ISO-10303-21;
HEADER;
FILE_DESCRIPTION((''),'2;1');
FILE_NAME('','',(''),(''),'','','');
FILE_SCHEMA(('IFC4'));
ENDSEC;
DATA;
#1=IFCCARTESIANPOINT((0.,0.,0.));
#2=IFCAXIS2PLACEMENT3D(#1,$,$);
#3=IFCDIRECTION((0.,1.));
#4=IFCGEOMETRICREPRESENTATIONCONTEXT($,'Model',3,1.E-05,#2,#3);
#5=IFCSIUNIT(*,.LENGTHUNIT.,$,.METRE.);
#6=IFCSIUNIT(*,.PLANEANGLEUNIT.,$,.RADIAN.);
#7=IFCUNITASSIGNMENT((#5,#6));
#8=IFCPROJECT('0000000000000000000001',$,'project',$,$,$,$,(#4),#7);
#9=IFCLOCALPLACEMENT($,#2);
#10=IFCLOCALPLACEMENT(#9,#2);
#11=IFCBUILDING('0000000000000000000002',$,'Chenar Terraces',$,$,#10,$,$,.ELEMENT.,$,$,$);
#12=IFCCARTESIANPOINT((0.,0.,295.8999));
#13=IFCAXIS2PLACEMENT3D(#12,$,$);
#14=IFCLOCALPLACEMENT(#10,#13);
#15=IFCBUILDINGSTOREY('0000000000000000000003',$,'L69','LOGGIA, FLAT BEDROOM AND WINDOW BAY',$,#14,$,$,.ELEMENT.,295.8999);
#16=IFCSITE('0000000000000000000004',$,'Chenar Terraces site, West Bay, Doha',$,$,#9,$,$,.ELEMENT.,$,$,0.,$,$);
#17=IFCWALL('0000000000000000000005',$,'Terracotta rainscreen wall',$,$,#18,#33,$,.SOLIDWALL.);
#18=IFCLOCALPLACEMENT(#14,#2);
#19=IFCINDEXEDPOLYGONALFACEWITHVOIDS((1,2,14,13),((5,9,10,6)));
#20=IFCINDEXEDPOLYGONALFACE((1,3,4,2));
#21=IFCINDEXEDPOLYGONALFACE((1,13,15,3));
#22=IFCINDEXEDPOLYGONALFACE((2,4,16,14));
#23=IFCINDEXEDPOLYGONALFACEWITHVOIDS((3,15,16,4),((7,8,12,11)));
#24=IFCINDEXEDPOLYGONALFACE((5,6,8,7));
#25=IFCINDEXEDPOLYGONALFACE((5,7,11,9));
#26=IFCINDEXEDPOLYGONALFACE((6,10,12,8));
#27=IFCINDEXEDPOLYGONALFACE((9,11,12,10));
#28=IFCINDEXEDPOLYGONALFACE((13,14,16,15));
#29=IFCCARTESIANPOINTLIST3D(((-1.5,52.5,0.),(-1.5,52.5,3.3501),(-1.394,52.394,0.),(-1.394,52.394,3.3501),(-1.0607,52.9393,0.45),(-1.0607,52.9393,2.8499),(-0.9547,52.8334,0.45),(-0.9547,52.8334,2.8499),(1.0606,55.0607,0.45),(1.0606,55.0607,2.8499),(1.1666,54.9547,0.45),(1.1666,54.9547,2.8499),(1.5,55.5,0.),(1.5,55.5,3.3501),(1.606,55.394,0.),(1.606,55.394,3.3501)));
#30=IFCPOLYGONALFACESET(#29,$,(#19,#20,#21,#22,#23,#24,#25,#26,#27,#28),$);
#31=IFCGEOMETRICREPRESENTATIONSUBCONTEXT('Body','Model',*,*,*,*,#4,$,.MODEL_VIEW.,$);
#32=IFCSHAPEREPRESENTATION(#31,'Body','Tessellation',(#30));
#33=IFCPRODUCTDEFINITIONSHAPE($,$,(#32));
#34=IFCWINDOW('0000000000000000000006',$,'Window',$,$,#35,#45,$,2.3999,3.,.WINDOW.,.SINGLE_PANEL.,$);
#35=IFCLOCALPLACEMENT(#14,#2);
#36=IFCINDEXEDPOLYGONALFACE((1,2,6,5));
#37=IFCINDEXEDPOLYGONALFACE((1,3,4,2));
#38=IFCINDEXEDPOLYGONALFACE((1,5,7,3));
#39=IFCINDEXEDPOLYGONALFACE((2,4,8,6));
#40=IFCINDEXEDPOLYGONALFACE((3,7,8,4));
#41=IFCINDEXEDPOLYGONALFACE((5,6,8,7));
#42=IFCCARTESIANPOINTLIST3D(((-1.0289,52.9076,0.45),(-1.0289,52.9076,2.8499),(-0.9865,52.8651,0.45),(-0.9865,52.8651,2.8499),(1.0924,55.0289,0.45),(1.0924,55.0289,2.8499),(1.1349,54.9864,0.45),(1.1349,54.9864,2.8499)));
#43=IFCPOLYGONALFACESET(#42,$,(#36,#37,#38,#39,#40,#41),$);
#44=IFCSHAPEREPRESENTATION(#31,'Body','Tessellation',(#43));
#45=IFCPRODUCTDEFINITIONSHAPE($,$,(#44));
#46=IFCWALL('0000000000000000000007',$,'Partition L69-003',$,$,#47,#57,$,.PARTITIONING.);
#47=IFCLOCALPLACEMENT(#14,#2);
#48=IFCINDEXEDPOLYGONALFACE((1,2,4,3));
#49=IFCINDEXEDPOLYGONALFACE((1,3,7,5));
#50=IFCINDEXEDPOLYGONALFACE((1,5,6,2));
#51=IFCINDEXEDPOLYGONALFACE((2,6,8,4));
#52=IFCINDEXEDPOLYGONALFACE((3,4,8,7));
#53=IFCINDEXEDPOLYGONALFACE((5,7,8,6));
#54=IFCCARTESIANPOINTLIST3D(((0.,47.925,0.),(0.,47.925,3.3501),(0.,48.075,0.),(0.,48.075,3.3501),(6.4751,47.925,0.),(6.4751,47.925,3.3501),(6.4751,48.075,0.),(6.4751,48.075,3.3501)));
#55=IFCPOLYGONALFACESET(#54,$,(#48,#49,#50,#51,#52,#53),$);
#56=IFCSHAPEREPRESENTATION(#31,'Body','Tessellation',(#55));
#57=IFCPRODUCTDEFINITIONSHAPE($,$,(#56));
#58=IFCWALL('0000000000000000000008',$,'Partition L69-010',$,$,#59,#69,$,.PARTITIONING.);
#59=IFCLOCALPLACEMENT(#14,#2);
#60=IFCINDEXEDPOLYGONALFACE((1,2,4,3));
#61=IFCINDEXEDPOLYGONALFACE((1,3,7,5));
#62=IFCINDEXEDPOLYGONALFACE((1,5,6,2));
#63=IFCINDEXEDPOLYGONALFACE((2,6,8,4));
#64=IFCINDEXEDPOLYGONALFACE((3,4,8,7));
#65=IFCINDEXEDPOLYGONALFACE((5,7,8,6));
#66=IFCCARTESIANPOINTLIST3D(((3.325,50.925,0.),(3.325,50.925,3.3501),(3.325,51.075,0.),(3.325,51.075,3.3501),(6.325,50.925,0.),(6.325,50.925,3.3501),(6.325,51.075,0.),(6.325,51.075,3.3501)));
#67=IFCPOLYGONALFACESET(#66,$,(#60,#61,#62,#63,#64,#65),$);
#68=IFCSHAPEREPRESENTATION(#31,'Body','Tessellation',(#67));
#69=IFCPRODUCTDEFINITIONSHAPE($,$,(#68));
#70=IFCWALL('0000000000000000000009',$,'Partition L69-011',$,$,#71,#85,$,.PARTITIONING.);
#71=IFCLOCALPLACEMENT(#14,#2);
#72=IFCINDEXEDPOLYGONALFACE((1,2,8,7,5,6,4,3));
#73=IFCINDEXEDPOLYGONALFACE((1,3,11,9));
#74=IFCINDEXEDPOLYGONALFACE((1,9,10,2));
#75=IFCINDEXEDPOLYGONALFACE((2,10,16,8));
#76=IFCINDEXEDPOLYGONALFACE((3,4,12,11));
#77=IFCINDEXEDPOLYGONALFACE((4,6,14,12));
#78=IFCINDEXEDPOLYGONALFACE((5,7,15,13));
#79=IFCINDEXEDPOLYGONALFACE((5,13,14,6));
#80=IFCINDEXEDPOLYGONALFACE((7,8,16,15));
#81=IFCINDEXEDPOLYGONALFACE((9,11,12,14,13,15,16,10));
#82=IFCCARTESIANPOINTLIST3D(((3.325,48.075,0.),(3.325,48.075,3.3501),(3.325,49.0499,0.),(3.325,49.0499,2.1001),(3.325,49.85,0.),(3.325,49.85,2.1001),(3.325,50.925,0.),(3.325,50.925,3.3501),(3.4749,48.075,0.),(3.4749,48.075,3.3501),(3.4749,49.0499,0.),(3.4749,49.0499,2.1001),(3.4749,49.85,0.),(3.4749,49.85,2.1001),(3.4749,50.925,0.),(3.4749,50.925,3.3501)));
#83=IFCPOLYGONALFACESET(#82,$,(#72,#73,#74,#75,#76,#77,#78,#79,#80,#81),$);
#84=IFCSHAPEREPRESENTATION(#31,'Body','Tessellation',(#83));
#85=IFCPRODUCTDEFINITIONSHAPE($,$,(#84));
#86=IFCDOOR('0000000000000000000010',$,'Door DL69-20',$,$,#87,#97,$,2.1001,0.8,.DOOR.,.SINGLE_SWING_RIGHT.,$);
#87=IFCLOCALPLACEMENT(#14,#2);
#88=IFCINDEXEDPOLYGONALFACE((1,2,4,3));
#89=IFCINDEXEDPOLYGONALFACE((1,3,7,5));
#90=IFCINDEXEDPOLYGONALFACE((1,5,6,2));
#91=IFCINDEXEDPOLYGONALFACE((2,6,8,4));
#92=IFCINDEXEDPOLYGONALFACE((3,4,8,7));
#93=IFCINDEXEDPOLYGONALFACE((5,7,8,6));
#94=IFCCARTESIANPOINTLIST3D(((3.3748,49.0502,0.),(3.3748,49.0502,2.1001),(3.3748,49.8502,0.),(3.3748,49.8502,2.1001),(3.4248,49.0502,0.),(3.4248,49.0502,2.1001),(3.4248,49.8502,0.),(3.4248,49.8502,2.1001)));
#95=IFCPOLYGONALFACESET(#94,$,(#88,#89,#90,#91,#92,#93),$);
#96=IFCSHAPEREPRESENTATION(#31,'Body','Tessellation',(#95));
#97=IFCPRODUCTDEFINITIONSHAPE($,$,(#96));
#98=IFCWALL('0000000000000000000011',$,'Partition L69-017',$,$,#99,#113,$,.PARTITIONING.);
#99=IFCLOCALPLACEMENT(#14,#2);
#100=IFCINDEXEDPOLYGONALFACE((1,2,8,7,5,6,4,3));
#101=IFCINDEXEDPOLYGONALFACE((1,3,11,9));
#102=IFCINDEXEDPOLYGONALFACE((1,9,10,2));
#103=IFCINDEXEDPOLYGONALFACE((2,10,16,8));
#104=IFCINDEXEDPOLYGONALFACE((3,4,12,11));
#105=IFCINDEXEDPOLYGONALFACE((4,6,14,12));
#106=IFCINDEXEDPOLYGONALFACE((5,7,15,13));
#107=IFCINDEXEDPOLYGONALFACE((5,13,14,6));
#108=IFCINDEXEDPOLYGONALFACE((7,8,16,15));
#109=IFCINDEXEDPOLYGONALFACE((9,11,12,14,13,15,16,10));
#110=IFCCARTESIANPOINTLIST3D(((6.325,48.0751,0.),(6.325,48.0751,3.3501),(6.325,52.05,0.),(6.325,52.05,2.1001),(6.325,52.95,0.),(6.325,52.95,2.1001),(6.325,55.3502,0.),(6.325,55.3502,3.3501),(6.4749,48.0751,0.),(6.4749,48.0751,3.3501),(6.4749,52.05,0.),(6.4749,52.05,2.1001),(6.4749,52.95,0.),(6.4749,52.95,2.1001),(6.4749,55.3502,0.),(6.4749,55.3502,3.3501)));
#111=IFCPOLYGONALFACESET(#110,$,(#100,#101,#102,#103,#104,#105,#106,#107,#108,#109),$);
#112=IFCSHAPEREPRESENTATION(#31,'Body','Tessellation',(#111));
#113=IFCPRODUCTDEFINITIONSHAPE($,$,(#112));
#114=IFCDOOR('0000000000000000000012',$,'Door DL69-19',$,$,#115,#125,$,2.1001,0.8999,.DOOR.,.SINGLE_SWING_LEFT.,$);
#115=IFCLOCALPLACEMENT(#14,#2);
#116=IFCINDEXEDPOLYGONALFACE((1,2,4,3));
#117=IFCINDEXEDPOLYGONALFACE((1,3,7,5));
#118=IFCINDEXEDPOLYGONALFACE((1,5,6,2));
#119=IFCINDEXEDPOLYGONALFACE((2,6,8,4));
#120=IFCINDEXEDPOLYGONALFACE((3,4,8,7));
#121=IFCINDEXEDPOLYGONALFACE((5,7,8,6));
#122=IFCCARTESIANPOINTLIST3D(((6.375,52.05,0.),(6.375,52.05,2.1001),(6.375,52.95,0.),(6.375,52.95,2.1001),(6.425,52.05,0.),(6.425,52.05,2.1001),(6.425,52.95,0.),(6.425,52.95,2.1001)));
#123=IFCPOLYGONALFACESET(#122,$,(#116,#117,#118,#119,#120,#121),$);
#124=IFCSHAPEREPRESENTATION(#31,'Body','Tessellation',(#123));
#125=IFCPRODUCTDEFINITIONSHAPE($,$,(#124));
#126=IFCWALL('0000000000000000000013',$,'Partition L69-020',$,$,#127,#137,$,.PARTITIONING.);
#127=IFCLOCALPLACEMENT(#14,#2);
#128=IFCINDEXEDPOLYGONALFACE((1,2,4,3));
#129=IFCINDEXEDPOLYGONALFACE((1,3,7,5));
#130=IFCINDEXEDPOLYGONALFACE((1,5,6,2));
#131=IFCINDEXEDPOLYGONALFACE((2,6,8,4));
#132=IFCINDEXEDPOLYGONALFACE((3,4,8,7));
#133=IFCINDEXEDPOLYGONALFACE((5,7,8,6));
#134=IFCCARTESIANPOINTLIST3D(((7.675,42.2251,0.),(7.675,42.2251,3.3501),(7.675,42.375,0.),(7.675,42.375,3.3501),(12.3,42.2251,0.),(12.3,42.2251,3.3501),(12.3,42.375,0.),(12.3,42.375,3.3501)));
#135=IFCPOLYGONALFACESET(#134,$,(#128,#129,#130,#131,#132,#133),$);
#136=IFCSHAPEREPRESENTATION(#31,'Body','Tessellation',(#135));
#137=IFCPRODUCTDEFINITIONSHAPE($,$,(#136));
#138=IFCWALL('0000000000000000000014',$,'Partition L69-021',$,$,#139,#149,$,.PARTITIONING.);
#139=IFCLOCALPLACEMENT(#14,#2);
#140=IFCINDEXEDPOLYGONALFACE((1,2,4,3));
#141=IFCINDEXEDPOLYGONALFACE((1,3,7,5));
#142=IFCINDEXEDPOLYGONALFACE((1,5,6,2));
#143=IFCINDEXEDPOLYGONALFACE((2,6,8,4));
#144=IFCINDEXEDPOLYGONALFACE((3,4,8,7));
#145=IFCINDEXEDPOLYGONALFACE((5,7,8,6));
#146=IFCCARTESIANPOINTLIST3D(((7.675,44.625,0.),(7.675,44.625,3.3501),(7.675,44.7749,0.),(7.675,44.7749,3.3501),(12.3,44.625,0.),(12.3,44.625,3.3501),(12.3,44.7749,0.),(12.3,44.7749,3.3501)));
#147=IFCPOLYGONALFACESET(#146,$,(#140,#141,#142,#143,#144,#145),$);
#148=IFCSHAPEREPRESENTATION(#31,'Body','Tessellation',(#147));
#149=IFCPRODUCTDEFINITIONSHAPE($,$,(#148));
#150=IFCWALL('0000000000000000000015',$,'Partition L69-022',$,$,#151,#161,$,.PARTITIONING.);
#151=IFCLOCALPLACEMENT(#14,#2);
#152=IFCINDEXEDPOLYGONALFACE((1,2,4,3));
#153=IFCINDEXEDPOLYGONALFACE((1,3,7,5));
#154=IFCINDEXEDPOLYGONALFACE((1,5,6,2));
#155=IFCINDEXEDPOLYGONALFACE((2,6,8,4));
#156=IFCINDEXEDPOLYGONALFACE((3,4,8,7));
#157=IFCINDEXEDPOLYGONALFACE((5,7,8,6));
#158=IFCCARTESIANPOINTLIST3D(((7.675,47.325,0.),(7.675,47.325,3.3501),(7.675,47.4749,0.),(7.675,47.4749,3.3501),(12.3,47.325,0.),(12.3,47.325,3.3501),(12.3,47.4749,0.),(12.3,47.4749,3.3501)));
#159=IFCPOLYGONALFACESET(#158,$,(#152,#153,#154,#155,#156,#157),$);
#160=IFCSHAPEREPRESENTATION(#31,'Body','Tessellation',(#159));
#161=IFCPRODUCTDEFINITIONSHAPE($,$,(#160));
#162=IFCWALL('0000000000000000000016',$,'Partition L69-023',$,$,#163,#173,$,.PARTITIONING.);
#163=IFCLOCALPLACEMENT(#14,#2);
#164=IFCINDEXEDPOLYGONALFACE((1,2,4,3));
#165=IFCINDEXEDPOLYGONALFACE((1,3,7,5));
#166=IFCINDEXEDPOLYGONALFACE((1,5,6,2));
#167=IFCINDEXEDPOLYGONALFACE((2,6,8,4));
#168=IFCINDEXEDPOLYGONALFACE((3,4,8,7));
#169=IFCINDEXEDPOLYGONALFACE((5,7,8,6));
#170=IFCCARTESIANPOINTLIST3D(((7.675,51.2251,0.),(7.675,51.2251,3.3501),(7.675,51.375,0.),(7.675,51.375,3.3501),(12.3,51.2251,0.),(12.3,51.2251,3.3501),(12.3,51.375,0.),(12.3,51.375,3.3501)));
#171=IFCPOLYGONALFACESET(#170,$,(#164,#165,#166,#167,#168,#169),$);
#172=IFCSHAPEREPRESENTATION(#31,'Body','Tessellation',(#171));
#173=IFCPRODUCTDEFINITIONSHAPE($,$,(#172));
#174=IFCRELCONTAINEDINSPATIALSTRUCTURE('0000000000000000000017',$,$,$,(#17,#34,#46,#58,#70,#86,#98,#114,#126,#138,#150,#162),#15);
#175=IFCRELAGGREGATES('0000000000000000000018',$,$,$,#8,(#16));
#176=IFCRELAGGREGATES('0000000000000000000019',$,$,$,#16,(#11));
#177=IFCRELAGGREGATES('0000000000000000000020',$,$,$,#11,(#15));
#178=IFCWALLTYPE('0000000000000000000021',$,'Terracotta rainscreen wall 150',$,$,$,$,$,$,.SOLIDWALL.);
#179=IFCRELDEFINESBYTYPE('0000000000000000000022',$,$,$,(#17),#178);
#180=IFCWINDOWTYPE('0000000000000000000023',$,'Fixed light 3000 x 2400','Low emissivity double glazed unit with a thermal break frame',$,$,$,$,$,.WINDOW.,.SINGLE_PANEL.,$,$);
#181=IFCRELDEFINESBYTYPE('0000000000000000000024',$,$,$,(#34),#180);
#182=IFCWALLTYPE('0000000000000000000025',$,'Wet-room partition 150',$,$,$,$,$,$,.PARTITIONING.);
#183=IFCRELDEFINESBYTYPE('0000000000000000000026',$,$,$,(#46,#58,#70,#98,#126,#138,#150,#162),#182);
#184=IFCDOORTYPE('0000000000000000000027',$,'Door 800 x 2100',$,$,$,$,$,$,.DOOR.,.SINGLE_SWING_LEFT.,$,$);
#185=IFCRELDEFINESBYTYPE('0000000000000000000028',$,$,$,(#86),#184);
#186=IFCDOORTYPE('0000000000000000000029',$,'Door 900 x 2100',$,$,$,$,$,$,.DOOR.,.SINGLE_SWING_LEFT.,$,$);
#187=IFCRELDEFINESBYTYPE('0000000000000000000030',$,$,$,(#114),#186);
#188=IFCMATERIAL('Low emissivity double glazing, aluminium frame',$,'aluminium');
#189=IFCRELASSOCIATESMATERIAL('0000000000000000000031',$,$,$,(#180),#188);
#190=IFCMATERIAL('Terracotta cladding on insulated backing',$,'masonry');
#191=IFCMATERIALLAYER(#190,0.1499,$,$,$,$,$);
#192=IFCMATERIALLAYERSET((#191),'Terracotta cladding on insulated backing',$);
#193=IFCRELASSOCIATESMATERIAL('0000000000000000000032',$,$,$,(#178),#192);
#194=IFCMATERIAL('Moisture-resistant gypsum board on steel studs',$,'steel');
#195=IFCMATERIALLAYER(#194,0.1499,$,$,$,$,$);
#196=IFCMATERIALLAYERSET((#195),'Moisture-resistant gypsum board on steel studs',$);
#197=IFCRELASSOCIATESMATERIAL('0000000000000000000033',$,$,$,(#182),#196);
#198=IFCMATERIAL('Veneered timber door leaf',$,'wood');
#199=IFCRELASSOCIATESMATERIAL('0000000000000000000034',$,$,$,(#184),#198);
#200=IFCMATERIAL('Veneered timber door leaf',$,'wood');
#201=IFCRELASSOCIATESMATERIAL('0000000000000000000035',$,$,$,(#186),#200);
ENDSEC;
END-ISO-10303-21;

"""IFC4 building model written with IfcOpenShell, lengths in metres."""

from ifc_helpers import new_model, si_unit, direction, frame, frame_2d, origin, place, context, subcontext, project, spatial, rectangle, extrude, material, layer, layer_set, type_object, element, fill, save


model = new_model("IFC4")

# Units and contexts
model_context = context("Model", 3, precision=1e-05, world=origin(), true_north=direction((0.0, 1.0)))
body_context = subcontext(model_context, "Body", "Model", "MODEL_VIEW")
ifc_project = project(units=[si_unit("LENGTHUNIT", "METRE"), si_unit("PLANEANGLEUNIT", "RADIAN")], contexts=[model_context])

# Site, building, storey
site_placement = place(None, origin())
site = spatial("IfcSite", under=ifc_project, at=site_placement, Name="Chenar Terraces site, West Bay, Doha", CompositionType="ELEMENT", RefElevation=0.0)
building_placement = place(site_placement, origin())
building = spatial("IfcBuilding", under=site, at=building_placement, Name="Chenar Terraces", CompositionType="ELEMENT")
storey_placement = place(building_placement, frame((0.0, 0.0, 295.8999)))
storey = spatial("IfcBuildingStorey", under=building, at=storey_placement, Name="L69", Description="LOGGIA, FLAT BEDROOM AND WINDOW BAY", CompositionType="ELEMENT", Elevation=295.8999)

# Shared definitions
ifc_material_1 = material(Name="Low emissivity double glazing, aluminium frame", Category="aluminium")
window_type_1 = type_object("IfcWindowType", Name="Fixed light 3000 x 2400", Description="Low emissivity double glazed unit with a thermal break frame", PartitioningType="SINGLE_PANEL", PredefinedType="WINDOW", material=ifc_material_1)

# Wall, opening, window
ifc_material_2 = material(Name="Terracotta cladding on insulated backing", Category="masonry")
ifc_layer_1 = layer(ifc_material_2, 0.1499)
ifc_layer_set_1 = layer_set([ifc_layer_1], Name="Terracotta cladding on insulated backing")
wall_type_1 = type_object("IfcWallType", Name="Terracotta rainscreen wall 150", PredefinedType="SOLIDWALL", material=ifc_layer_set_1)
wall_1_placement = place(storey_placement, frame((1.553, 55.447, 0.0), z_axis=(0.0, 0.0, 1.0), x_axis=(-0.707107, -0.707107, 0.0)))
wall_1 = element("IfcWall", 1, at=wall_1_placement, inside=storey, type_object=wall_type_1, Name="Terracotta rainscreen wall", PredefinedType="SOLIDWALL", context=body_context, shape_type="SweptSolid", body=[
    extrude(rectangle(XDim=4.2427, YDim=0.1499, at=frame_2d((2.1213, 0.0))), origin(), (0.0, 0.0, 1.0), 3.3501),
])
opening_1_placement = place(wall_1_placement, frame((0.6213, 0.0, 0.45)))
opening_1 = element("IfcOpeningElement", 2, at=opening_1_placement, cuts=wall_1, PredefinedType="OPENING", context=body_context, shape_type="SweptSolid", body=[
    extrude(rectangle(XDim=3.0, YDim=2.3999, at=frame_2d((1.5, 1.2))), frame((0.0, 0.085, 0.0), z_axis=(0.0, -1.0, 0.0), x_axis=(1.0, 0.0, 0.0)), (0.0, 0.0, 1.0), 0.1699),
])
window_1_placement = place(opening_1_placement, origin())
window_1 = element("IfcWindow", 3, at=window_1_placement, inside=storey, type_object=window_type_1, Name="Window", OverallHeight=2.3999, OverallWidth=3.0, PartitioningType="SINGLE_PANEL", PredefinedType="WINDOW", context=body_context, shape_type="SweptSolid", body=[
    extrude(rectangle(XDim=3.0, YDim=2.3999, at=frame_2d((1.5, 1.2))), frame((0.0, 0.03, 0.0), z_axis=(0.0, -1.0, 0.0), x_axis=(1.0, 0.0, 0.0)), (0.0, 0.0, 1.0), 0.0601),
])
fill(opening_1, window_1)

# Walls
ifc_material_3 = material(Name="Moisture-resistant gypsum board on steel studs", Category="steel")
ifc_layer_2 = layer(ifc_material_3, 0.1499)
ifc_layer_set_2 = layer_set([ifc_layer_2], Name="Moisture-resistant gypsum board on steel studs")
wall_type_2 = type_object("IfcWallType", Name="Wet-room partition 150", PredefinedType="PARTITIONING", material=ifc_layer_set_2)
wall_2_placement = place(storey_placement, frame((0.0, 48.0, 0.0), z_axis=(0.0, 0.0, 1.0), x_axis=(1.0, 0.0, 0.0)))
element("IfcWall", 4, at=wall_2_placement, inside=storey, type_object=wall_type_2, Name="Partition L69-003", PredefinedType="PARTITIONING", context=body_context, shape_type="SweptSolid", body=[
    extrude(rectangle(XDim=6.4751, YDim=0.1499, at=frame_2d((3.2375, 0.0))), origin(), (0.0, 0.0, 1.0), 3.3501),
])
wall_3_placement = place(storey_placement, frame((3.325, 51.0, 0.0), z_axis=(0.0, 0.0, 1.0), x_axis=(1.0, 0.0, 0.0)))
element("IfcWall", 5, at=wall_3_placement, inside=storey, type_object=wall_type_2, Name="Partition L69-010", PredefinedType="PARTITIONING", context=body_context, shape_type="SweptSolid", body=[
    extrude(rectangle(XDim=3.0, YDim=0.1499, at=frame_2d((1.5, 0.0))), origin(), (0.0, 0.0, 1.0), 3.3501),
])

# Walls, openings, doors
wall_4_placement = place(storey_placement, frame((3.3999, 48.075, 0.0), z_axis=(0.0, 0.0, 1.0), x_axis=(0.0, 1.0, 0.0)))
wall_4 = element("IfcWall", 6, at=wall_4_placement, inside=storey, type_object=wall_type_2, Name="Partition L69-011", PredefinedType="PARTITIONING", context=body_context, shape_type="SweptSolid", body=[
    extrude(rectangle(XDim=2.8501, YDim=0.1499, at=frame_2d((1.425, 0.0))), origin(), (0.0, 0.0, 1.0), 3.3501),
])
opening_2_placement = place(wall_4_placement, frame((0.9751, 0.0, 0.0)))
opening_2 = element("IfcOpeningElement", 7, at=opening_2_placement, cuts=wall_4, PredefinedType="OPENING", context=body_context, shape_type="SweptSolid", body=[
    extrude(rectangle(XDim=0.8, YDim=2.1001, at=frame_2d((0.3999, 1.05))), frame((0.0, 0.085, 0.0), z_axis=(0.0, -1.0, 0.0), x_axis=(1.0, 0.0, 0.0)), (0.0, 0.0, 1.0), 0.1699),
])
ifc_material_4 = material(Name="Veneered timber door leaf", Category="wood")
door_type_1 = type_object("IfcDoorType", Name="Door 800 x 2100", OperationType="SINGLE_SWING_LEFT", PredefinedType="DOOR", material=ifc_material_4)
door_1_placement = place(opening_2_placement, frame((0.8, 0.0, 0.0), z_axis=(0.0, 0.0, 1.0), x_axis=(-1.0, 0.0, 0.0)))
door_1 = element("IfcDoor", 8, at=door_1_placement, inside=storey, type_object=door_type_1, Name="Door DL69-20", OperationType="SINGLE_SWING_RIGHT", OverallHeight=2.1001, OverallWidth=0.8, PredefinedType="DOOR", context=body_context, shape_type="SweptSolid", body=[
    extrude(rectangle(XDim=0.8, YDim=2.1001, at=frame_2d((0.3999, 1.05))), frame((0.0, 0.0249, 0.0), z_axis=(0.0, -1.0, 0.0), x_axis=(1.0, 0.0, 0.0)), (0.0, 0.0, 1.0), 0.05),
])
fill(opening_2, door_1)
wall_5_placement = place(storey_placement, frame((6.3999, 48.075, 0.0), z_axis=(0.0, 0.0, 1.0), x_axis=(0.0, 1.0, 0.0)))
wall_5 = element("IfcWall", 9, at=wall_5_placement, inside=storey, type_object=wall_type_2, Name="Partition L69-017", PredefinedType="PARTITIONING", context=body_context, shape_type="SweptSolid", body=[
    extrude(rectangle(XDim=7.2751, YDim=0.1499, at=frame_2d((3.6377, 0.0))), origin(), (0.0, 0.0, 1.0), 3.3501),
])
opening_3_placement = place(wall_5_placement, frame((3.9751, 0.0, 0.0)))
opening_3 = element("IfcOpeningElement", 10, at=opening_3_placement, cuts=wall_5, PredefinedType="OPENING", context=body_context, shape_type="SweptSolid", body=[
    extrude(rectangle(XDim=0.8999, YDim=2.1001, at=frame_2d((0.45, 1.05))), frame((0.0, 0.085, 0.0), z_axis=(0.0, -1.0, 0.0), x_axis=(1.0, 0.0, 0.0)), (0.0, 0.0, 1.0), 0.1699),
])
ifc_material_5 = material(Name="Veneered timber door leaf", Category="wood")
door_type_2 = type_object("IfcDoorType", Name="Door 900 x 2100", OperationType="SINGLE_SWING_LEFT", PredefinedType="DOOR", material=ifc_material_5)
door_2_placement = place(opening_3_placement, origin())
door_2 = element("IfcDoor", 11, at=door_2_placement, inside=storey, type_object=door_type_2, Name="Door DL69-19", OperationType="SINGLE_SWING_LEFT", OverallHeight=2.1001, OverallWidth=0.8999, PredefinedType="DOOR", context=body_context, shape_type="SweptSolid", body=[
    extrude(rectangle(XDim=0.8999, YDim=2.1001, at=frame_2d((0.45, 1.05))), frame((0.0, 0.0249, 0.0), z_axis=(0.0, -1.0, 0.0), x_axis=(1.0, 0.0, 0.0)), (0.0, 0.0, 1.0), 0.05),
])
fill(opening_3, door_2)

# Walls
for number, where, z_axis, x_axis, name in (
    (12, (7.675, 42.3, 0.0), (0.0, 0.0, 1.0), (1.0, 0.0, 0.0), "Partition L69-020"),
    (13, (7.675, 44.7, 0.0), (0.0, 0.0, 1.0), (1.0, 0.0, 0.0), "Partition L69-021"),
    (14, (7.675, 47.3999, 0.0), (0.0, 0.0, 1.0), (1.0, 0.0, 0.0), "Partition L69-022"),
    (15, (7.675, 51.3, 0.0), (0.0, 0.0, 1.0), (1.0, 0.0, 0.0), "Partition L69-023"),
):
    element("IfcWall", number, at=place(storey_placement, frame(where, z_axis=z_axis, x_axis=x_axis)), inside=storey, type_object=wall_type_2, Name=name, PredefinedType="PARTITIONING", context=body_context, shape_type="SweptSolid", body=[
        extrude(rectangle(XDim=4.625, YDim=0.1499, at=frame_2d((2.3125, 0.0))), origin(), (0.0, 0.0, 1.0), 3.3501),
    ])

save(model, "model.ifc")
